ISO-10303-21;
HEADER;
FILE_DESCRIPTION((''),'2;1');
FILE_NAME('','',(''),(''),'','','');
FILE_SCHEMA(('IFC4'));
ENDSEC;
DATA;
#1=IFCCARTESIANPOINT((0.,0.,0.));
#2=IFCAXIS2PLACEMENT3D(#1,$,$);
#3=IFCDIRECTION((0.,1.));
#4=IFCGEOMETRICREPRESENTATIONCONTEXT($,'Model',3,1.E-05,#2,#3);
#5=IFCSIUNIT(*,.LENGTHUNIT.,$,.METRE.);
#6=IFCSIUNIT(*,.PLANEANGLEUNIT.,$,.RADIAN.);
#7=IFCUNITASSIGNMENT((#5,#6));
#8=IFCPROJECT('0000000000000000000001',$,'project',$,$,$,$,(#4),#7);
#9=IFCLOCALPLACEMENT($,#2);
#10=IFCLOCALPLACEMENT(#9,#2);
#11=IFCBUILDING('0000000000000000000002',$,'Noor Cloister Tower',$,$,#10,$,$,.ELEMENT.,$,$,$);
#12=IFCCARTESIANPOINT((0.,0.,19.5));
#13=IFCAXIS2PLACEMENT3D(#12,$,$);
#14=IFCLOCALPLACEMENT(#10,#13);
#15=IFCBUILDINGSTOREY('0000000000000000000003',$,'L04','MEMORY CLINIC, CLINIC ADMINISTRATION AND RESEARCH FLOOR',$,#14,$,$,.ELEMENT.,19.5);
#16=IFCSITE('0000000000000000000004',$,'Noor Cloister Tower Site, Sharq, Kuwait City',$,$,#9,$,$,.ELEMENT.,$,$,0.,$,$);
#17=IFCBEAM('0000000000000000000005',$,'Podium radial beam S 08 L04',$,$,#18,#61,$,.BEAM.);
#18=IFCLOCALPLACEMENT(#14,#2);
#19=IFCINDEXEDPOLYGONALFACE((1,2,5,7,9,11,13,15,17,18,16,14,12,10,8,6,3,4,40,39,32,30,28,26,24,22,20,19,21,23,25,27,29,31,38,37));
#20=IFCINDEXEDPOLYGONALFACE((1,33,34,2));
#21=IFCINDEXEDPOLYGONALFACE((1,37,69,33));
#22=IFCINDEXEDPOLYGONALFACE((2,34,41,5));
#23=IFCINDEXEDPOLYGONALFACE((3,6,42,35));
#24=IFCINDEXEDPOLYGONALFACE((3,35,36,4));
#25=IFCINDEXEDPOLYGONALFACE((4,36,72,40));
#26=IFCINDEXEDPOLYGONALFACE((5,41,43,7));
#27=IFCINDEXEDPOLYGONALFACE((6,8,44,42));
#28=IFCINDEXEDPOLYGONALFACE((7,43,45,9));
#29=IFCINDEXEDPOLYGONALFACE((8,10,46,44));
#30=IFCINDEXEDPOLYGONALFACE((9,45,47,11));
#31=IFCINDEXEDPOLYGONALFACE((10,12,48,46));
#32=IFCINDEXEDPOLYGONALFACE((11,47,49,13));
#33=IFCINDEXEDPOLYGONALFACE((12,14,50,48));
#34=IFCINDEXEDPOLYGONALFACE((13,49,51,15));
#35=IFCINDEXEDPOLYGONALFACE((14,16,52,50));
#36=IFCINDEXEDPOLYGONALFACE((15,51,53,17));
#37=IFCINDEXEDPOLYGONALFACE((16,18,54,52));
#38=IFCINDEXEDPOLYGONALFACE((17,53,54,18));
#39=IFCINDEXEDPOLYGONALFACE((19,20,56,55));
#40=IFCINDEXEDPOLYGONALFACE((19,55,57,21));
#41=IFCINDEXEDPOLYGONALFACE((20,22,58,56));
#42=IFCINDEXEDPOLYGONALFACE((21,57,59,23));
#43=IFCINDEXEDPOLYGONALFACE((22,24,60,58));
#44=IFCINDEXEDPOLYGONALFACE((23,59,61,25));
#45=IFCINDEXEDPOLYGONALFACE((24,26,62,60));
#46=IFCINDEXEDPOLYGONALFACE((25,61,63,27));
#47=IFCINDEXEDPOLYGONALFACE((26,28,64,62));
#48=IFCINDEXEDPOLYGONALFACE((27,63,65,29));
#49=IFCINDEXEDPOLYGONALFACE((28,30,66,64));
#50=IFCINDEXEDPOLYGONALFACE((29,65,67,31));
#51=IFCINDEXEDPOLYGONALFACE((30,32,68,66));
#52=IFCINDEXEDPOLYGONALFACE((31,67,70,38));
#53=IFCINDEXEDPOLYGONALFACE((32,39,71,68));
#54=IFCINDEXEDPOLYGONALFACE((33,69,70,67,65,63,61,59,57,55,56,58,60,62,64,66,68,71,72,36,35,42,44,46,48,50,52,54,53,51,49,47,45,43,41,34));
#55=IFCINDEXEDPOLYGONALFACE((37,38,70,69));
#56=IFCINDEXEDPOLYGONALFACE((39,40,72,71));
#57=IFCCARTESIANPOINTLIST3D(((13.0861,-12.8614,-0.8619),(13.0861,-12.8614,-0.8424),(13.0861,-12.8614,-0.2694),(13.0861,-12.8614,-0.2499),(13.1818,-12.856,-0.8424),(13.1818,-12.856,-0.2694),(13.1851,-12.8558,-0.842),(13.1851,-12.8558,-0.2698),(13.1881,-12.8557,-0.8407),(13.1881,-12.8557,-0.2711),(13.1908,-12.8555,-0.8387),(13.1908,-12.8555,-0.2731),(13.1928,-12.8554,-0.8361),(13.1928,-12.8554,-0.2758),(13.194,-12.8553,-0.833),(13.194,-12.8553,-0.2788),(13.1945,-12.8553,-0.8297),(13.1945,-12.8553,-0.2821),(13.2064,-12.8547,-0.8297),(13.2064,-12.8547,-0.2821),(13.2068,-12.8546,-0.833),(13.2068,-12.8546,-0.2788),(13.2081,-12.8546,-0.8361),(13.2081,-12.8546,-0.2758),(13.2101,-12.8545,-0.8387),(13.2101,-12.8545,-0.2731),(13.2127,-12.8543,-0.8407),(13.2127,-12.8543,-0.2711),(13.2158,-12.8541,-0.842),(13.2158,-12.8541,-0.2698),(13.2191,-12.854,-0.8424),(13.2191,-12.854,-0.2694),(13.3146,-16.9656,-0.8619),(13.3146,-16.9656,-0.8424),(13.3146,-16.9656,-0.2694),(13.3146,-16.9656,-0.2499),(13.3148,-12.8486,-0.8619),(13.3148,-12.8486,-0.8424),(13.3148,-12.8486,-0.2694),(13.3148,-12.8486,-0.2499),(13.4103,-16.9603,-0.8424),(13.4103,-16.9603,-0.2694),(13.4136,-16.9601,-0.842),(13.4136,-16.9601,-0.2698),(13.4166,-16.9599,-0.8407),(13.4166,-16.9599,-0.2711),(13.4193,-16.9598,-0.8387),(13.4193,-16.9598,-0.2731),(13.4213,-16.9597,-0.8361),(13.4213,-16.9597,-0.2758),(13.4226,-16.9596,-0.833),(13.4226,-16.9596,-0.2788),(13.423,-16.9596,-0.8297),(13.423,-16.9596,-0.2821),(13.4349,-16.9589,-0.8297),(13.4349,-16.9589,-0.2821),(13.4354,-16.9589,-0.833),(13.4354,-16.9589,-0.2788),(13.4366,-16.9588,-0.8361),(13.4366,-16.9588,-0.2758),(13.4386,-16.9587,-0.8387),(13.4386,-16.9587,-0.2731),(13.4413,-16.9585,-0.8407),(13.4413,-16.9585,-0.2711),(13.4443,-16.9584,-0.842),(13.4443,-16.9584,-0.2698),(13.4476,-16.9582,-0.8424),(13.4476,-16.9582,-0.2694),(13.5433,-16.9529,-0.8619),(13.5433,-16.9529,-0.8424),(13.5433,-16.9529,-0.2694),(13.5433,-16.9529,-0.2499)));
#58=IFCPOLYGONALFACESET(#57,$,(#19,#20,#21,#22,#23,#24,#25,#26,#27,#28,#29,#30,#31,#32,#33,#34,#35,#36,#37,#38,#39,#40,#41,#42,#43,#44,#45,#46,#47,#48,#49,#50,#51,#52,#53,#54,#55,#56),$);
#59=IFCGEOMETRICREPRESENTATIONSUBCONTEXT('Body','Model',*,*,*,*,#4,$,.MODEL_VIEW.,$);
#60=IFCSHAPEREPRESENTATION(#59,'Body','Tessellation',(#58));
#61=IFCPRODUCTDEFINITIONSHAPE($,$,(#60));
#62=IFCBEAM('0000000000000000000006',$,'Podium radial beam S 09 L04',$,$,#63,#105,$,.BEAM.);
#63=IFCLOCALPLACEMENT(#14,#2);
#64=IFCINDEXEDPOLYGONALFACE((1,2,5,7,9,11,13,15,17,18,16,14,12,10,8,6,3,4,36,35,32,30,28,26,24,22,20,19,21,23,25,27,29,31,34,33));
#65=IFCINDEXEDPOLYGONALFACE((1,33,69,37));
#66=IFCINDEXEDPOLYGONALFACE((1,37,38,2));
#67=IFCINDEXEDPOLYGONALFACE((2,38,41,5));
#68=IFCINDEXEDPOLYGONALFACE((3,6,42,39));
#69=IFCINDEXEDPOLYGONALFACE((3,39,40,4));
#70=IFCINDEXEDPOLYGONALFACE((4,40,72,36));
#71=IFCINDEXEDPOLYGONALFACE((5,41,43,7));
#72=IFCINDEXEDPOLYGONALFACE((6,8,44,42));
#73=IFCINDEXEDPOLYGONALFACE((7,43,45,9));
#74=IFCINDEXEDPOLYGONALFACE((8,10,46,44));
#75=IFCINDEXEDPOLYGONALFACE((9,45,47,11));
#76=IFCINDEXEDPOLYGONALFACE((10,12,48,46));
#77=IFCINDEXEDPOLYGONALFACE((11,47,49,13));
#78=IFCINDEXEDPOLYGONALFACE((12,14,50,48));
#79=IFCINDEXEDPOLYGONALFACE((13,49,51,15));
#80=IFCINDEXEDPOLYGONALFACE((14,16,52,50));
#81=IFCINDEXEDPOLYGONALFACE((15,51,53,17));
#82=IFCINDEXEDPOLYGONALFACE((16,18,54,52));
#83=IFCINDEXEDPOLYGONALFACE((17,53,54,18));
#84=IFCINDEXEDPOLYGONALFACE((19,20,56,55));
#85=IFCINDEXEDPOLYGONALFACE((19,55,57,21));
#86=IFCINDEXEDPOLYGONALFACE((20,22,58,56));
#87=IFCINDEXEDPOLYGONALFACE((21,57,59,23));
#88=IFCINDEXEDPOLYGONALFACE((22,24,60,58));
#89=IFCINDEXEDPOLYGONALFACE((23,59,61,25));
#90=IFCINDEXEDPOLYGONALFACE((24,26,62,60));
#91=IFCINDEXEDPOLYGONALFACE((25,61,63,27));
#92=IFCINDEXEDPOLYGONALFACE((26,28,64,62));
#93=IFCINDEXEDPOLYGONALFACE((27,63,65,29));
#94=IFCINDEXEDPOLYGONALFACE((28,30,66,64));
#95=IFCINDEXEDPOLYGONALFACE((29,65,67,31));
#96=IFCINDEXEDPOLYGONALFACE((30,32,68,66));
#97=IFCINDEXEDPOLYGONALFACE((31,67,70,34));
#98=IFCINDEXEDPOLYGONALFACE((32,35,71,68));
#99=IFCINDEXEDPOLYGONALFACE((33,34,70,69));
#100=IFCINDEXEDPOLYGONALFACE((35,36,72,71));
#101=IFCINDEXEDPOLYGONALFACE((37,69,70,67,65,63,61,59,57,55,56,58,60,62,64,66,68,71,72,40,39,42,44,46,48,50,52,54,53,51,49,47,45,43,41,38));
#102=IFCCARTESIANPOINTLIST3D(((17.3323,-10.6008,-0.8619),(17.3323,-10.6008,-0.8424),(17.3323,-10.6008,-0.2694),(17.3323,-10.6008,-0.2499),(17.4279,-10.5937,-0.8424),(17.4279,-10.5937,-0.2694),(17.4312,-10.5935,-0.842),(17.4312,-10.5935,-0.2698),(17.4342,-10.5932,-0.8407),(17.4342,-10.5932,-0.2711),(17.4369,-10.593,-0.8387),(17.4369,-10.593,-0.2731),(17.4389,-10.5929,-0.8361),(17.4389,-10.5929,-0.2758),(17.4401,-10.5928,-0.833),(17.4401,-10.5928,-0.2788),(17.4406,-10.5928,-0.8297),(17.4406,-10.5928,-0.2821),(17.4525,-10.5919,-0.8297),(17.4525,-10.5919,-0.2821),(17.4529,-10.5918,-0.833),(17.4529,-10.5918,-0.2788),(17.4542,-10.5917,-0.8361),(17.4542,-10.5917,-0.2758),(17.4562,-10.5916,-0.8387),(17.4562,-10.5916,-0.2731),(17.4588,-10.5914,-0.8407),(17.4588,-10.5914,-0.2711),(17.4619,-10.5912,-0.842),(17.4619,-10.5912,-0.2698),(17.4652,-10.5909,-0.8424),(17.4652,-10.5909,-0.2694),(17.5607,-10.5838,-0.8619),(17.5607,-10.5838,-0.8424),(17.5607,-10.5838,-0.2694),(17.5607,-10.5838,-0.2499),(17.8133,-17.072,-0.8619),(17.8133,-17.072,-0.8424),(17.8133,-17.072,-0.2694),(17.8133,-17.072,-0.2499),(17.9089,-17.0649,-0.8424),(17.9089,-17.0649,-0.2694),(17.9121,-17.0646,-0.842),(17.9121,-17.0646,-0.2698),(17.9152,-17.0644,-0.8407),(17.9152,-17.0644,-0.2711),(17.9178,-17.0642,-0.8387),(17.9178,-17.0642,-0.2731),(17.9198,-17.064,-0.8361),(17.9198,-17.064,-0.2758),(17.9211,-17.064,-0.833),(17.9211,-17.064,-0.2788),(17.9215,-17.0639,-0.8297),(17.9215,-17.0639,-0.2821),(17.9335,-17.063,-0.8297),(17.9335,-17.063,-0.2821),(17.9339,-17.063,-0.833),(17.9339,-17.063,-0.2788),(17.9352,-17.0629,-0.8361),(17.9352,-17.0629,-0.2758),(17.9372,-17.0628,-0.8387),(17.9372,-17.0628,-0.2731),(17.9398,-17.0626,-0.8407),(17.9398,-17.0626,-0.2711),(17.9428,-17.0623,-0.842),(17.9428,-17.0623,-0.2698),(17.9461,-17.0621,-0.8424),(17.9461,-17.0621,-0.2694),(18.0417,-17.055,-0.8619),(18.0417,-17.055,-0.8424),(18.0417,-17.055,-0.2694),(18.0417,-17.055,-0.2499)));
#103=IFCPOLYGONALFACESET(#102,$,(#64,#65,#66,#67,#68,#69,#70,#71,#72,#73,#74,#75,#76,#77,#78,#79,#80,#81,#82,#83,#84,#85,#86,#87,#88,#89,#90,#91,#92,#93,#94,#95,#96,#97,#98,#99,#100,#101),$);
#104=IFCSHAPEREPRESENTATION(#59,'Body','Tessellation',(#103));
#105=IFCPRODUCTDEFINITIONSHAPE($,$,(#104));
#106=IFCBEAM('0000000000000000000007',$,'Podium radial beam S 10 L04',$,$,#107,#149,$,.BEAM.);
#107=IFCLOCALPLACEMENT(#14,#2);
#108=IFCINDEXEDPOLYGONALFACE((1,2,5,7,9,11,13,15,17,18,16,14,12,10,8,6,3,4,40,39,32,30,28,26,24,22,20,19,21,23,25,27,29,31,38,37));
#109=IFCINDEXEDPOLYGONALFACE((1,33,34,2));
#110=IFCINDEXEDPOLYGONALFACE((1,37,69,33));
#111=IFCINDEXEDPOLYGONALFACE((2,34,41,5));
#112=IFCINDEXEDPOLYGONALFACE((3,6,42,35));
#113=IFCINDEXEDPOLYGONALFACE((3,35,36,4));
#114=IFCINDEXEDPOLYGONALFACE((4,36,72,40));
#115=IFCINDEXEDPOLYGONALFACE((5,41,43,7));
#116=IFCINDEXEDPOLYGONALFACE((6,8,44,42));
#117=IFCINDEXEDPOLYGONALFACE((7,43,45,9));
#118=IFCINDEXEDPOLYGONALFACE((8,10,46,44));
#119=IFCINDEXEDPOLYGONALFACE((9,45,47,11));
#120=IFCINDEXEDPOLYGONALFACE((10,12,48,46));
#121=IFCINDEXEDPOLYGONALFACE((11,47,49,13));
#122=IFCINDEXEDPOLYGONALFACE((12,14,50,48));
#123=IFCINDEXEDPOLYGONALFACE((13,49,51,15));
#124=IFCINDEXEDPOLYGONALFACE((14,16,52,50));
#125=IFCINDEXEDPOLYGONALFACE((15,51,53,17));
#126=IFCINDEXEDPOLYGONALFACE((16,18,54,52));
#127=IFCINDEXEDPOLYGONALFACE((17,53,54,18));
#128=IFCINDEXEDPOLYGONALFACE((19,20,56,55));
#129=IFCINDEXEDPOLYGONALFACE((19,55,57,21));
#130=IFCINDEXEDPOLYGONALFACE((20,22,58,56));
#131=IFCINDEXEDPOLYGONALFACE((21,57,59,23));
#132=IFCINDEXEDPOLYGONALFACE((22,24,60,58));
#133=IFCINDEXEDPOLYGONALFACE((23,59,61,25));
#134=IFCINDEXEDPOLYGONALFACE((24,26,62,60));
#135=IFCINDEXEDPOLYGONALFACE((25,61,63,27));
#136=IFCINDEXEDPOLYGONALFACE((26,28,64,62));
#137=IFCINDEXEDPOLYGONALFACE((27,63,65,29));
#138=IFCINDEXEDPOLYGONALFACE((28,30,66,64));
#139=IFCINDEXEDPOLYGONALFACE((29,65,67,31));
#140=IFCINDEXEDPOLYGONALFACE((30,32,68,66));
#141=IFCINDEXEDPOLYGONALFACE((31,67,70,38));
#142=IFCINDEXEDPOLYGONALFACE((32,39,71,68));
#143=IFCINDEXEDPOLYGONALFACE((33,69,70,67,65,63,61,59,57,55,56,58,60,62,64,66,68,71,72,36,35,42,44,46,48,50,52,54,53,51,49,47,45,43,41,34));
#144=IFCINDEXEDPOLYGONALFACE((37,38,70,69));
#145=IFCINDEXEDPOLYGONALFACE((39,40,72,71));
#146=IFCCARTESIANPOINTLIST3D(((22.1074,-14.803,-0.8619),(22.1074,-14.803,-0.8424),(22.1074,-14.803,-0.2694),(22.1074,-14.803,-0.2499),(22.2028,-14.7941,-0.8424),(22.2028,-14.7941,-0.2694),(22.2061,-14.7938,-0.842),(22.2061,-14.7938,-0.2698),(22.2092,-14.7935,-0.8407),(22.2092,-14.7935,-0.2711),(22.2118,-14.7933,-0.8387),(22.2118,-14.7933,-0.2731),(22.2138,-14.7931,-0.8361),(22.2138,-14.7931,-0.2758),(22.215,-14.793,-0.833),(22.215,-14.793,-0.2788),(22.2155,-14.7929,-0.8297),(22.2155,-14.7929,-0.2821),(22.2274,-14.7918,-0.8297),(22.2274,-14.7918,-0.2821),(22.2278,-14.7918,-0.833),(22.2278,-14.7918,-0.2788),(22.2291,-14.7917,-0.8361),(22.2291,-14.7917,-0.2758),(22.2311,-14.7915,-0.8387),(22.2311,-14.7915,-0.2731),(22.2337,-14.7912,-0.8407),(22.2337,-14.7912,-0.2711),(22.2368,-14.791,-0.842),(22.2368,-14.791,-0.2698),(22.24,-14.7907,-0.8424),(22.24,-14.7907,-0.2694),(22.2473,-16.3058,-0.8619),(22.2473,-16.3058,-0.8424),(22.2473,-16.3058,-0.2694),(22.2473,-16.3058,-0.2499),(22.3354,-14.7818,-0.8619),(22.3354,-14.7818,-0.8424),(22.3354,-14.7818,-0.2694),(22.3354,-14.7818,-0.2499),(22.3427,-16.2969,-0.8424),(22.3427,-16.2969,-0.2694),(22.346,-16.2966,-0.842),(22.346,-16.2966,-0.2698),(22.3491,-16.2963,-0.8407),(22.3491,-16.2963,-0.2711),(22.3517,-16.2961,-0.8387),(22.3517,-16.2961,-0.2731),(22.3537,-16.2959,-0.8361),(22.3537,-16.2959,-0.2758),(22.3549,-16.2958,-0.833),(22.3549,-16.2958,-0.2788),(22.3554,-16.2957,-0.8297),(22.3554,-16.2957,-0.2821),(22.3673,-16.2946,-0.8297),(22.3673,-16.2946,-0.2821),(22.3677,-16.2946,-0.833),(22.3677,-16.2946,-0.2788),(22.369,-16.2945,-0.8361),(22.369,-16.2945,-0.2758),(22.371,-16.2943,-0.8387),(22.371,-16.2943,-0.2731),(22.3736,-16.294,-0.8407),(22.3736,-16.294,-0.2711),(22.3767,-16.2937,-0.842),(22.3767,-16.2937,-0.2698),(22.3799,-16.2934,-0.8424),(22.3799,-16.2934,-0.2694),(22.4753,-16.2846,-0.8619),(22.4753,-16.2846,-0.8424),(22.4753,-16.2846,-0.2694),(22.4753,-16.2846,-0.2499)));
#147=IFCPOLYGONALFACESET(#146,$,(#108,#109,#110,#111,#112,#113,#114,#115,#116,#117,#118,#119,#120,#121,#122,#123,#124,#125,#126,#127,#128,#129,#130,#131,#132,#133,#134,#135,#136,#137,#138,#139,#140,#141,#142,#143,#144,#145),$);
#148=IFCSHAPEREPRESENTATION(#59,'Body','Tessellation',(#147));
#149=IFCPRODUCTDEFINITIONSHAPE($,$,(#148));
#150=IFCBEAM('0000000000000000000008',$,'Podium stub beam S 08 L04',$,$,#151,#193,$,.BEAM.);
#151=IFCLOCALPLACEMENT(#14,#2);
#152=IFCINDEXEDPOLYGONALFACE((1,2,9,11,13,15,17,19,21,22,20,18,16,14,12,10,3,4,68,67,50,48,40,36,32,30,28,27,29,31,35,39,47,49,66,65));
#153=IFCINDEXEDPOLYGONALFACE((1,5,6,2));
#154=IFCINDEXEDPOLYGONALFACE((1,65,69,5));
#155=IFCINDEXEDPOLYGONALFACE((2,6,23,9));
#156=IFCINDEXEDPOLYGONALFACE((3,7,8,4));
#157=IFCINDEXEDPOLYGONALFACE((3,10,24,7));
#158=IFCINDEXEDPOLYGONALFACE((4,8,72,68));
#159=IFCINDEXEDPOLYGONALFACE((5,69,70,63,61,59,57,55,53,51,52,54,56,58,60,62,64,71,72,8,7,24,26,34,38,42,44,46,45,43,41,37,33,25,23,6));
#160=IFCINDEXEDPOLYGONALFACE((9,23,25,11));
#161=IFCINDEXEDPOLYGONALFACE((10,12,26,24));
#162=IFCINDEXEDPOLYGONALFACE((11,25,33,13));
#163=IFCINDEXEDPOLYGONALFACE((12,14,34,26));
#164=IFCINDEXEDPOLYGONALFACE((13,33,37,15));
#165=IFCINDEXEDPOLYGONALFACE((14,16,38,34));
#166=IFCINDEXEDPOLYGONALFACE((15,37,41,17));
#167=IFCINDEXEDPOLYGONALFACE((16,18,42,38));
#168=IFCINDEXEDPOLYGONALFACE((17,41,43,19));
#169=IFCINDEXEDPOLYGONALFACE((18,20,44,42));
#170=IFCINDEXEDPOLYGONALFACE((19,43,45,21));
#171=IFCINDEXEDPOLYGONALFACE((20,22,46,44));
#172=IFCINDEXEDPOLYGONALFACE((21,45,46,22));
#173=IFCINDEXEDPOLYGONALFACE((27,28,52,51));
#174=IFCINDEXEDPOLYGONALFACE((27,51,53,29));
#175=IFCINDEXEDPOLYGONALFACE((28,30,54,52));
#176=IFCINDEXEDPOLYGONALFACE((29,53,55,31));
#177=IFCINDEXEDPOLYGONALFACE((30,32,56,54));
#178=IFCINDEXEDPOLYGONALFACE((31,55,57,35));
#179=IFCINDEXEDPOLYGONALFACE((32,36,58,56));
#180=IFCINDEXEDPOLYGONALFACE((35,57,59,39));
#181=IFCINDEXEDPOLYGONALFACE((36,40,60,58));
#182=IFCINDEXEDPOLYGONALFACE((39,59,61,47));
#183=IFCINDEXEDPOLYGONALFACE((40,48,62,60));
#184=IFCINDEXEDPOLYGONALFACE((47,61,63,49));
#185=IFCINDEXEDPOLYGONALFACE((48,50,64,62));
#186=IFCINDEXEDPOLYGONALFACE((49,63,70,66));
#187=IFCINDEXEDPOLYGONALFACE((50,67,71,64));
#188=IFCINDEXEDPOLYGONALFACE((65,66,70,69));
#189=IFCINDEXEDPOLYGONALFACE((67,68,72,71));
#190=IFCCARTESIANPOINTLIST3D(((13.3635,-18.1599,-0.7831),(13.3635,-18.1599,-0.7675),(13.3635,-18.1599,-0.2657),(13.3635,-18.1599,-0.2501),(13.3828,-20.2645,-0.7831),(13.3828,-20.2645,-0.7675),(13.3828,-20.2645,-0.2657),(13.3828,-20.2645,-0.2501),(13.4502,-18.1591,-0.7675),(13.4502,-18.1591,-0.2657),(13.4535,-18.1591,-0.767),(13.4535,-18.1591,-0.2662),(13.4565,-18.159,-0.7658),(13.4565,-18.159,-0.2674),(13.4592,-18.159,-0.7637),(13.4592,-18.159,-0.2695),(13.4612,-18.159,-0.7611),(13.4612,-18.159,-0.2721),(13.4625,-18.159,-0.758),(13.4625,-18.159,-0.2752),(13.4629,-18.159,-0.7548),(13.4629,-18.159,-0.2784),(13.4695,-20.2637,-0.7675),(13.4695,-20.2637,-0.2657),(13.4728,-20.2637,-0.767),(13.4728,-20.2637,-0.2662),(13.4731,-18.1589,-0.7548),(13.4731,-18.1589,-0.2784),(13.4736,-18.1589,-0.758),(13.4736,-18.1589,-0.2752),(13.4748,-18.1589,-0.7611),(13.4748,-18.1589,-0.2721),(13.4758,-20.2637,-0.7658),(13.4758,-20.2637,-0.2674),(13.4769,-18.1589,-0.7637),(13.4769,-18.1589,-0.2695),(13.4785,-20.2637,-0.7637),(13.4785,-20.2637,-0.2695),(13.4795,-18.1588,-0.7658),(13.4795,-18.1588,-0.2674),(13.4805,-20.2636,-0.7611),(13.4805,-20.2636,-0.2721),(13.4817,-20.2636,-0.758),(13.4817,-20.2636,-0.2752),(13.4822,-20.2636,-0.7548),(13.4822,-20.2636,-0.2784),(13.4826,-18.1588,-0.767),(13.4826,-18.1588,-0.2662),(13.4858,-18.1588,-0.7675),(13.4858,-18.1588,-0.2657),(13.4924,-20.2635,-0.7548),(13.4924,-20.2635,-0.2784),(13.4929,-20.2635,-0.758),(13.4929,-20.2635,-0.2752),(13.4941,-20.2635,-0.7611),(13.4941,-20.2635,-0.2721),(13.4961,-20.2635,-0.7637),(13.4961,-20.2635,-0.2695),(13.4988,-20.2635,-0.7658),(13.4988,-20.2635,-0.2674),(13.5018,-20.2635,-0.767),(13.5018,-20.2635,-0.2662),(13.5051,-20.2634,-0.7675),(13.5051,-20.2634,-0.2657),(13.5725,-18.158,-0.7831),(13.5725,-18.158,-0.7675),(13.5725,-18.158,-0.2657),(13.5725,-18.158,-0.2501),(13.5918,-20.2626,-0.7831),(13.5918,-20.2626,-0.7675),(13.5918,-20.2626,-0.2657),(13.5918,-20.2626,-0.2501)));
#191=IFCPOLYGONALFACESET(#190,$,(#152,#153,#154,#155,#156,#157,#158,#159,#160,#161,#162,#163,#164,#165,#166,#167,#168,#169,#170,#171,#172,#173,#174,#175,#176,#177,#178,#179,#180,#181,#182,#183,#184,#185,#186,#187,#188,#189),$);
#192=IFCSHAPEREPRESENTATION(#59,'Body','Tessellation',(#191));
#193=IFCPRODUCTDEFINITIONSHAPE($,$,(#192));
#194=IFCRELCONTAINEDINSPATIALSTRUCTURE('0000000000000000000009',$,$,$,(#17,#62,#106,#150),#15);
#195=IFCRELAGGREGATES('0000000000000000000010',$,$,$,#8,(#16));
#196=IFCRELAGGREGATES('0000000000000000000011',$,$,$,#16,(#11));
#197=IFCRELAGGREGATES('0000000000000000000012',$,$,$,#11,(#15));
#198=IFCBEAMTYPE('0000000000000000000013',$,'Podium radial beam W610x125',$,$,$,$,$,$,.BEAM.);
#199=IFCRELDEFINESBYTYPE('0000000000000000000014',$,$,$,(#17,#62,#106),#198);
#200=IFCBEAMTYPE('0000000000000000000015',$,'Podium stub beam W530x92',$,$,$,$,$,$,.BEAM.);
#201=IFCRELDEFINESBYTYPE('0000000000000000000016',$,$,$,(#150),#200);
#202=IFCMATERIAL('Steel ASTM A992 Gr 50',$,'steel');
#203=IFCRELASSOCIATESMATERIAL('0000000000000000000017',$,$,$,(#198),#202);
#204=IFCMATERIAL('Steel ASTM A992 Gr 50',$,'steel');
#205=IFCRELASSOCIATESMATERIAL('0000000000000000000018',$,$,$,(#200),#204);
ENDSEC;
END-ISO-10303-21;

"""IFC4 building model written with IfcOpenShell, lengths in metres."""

from ifc_helpers import new_model, si_unit, direction, frame, origin, origin_2d, place, context, subcontext, project, spatial, i_section, extrude, material, material_profile, profile_set, type_object, element, save


model = new_model("IFC4")

# Units and contexts
model_context = context("Model", 3, precision=1e-05, world=origin(), true_north=direction((0.0, 1.0)))
body_context = subcontext(model_context, "Body", "Model", "MODEL_VIEW")
ifc_project = project(units=[si_unit("LENGTHUNIT", "METRE"), si_unit("PLANEANGLEUNIT", "RADIAN")], contexts=[model_context])

# Site, building, storey
site_placement = place(None, origin())
site = spatial("IfcSite", under=ifc_project, at=site_placement, Name="Noor Cloister Tower Site, Sharq, Kuwait City", CompositionType="ELEMENT", RefElevation=0.0)
building_placement = place(site_placement, origin())
building = spatial("IfcBuilding", under=site, at=building_placement, Name="Noor Cloister Tower", CompositionType="ELEMENT")
storey_placement = place(building_placement, frame((0.0, 0.0, 19.5)))
storey = spatial("IfcBuildingStorey", under=building, at=storey_placement, Name="L04", Description="MEMORY CLINIC, CLINIC ADMINISTRATION AND RESEARCH FLOOR", CompositionType="ELEMENT", Elevation=19.5)

# Beams
ifc_material_1 = material(Name="Steel ASTM A992 Gr 50", Category="steel")
ifc_material_profile_1 = material_profile(ifc_material_1, i_section(OverallWidth=0.229, OverallDepth=0.6121, WebThickness=0.012, FlangeThickness=0.0195, FilletRadius=0.0127, at=origin_2d()), Name="W610x125")
ifc_profile_set_1 = profile_set([ifc_material_profile_1], Name="Steel ASTM A992 Gr 50")
beam_type_1 = type_object("IfcBeamType", Name="Podium radial beam W610x125", PredefinedType="BEAM", material=ifc_profile_set_1)
beam_1_placement = place(storey_placement, frame((13.429, -16.9592, -0.5559), z_axis=(-0.055592, 0.998454, 0.0), x_axis=(-0.998454, -0.055592, 0.0)))
element("IfcBeam", 1, at=beam_1_placement, inside=storey, type_object=beam_type_1, Name="Podium radial beam S 08 L04", PredefinedType="BEAM", context=body_context, shape_type="SweptSolid", body=[
    extrude(i_section(OverallWidth=0.229, OverallDepth=0.6121, WebThickness=0.012, FlangeThickness=0.0195, FilletRadius=0.0127, at=origin_2d()), origin(), (0.0, 0.0, 1.0), 4.1106),
])
beam_2_placement = place(storey_placement, frame((17.9275, -17.0635, -0.5559), z_axis=(-0.074118, 0.997249, 0.0), x_axis=(-0.997249, -0.074118, 0.0)))
element("IfcBeam", 2, at=beam_2_placement, inside=storey, type_object=beam_type_1, Name="Podium radial beam S 09 L04", PredefinedType="BEAM", context=body_context, shape_type="SweptSolid", body=[
    extrude(i_section(OverallWidth=0.229, OverallDepth=0.6121, WebThickness=0.012, FlangeThickness=0.0195, FilletRadius=0.0127, at=origin_2d()), origin(), (0.0, 0.0, 1.0), 6.489),
])
beam_3_placement = place(storey_placement, frame((22.3613, -16.2952, -0.5559), z_axis=(-0.092694, 0.995695, 0.0), x_axis=(-0.995695, -0.092694, 0.0)))
element("IfcBeam", 3, at=beam_3_placement, inside=storey, type_object=beam_type_1, Name="Podium radial beam S 10 L04", PredefinedType="BEAM", context=body_context, shape_type="SweptSolid", body=[
    extrude(i_section(OverallWidth=0.229, OverallDepth=0.6121, WebThickness=0.012, FlangeThickness=0.0195, FilletRadius=0.0127, at=origin_2d()), origin(), (0.0, 0.0, 1.0), 1.5093),
])
ifc_material_2 = material(Name="Steel ASTM A992 Gr 50", Category="steel")
ifc_material_profile_2 = material_profile(ifc_material_2, i_section(OverallWidth=0.209, OverallDepth=0.533, WebThickness=0.0103, FlangeThickness=0.0156, FilletRadius=0.0127, at=origin_2d()), Name="W530x92")
ifc_profile_set_2 = profile_set([ifc_material_profile_2], Name="Steel ASTM A992 Gr 50")
beam_type_2 = type_object("IfcBeamType", Name="Podium stub beam W530x92", PredefinedType="BEAM", material=ifc_profile_set_2)
beam_4_placement = place(storey_placement, frame((13.468, -18.1589, -0.5166), z_axis=(0.009163, -0.999958, 0.0), x_axis=(0.999958, 0.009163, 0.0)))
element("IfcBeam", 4, at=beam_4_placement, inside=storey, type_object=beam_type_2, Name="Podium stub beam S 08 L04", PredefinedType="BEAM", context=body_context, shape_type="SweptSolid", body=[
    extrude(i_section(OverallWidth=0.209, OverallDepth=0.533, WebThickness=0.0103, FlangeThickness=0.0156, FilletRadius=0.0127, at=origin_2d()), origin(), (0.0, 0.0, 1.0), 2.1047),
])

save(model, "model.ifc")
